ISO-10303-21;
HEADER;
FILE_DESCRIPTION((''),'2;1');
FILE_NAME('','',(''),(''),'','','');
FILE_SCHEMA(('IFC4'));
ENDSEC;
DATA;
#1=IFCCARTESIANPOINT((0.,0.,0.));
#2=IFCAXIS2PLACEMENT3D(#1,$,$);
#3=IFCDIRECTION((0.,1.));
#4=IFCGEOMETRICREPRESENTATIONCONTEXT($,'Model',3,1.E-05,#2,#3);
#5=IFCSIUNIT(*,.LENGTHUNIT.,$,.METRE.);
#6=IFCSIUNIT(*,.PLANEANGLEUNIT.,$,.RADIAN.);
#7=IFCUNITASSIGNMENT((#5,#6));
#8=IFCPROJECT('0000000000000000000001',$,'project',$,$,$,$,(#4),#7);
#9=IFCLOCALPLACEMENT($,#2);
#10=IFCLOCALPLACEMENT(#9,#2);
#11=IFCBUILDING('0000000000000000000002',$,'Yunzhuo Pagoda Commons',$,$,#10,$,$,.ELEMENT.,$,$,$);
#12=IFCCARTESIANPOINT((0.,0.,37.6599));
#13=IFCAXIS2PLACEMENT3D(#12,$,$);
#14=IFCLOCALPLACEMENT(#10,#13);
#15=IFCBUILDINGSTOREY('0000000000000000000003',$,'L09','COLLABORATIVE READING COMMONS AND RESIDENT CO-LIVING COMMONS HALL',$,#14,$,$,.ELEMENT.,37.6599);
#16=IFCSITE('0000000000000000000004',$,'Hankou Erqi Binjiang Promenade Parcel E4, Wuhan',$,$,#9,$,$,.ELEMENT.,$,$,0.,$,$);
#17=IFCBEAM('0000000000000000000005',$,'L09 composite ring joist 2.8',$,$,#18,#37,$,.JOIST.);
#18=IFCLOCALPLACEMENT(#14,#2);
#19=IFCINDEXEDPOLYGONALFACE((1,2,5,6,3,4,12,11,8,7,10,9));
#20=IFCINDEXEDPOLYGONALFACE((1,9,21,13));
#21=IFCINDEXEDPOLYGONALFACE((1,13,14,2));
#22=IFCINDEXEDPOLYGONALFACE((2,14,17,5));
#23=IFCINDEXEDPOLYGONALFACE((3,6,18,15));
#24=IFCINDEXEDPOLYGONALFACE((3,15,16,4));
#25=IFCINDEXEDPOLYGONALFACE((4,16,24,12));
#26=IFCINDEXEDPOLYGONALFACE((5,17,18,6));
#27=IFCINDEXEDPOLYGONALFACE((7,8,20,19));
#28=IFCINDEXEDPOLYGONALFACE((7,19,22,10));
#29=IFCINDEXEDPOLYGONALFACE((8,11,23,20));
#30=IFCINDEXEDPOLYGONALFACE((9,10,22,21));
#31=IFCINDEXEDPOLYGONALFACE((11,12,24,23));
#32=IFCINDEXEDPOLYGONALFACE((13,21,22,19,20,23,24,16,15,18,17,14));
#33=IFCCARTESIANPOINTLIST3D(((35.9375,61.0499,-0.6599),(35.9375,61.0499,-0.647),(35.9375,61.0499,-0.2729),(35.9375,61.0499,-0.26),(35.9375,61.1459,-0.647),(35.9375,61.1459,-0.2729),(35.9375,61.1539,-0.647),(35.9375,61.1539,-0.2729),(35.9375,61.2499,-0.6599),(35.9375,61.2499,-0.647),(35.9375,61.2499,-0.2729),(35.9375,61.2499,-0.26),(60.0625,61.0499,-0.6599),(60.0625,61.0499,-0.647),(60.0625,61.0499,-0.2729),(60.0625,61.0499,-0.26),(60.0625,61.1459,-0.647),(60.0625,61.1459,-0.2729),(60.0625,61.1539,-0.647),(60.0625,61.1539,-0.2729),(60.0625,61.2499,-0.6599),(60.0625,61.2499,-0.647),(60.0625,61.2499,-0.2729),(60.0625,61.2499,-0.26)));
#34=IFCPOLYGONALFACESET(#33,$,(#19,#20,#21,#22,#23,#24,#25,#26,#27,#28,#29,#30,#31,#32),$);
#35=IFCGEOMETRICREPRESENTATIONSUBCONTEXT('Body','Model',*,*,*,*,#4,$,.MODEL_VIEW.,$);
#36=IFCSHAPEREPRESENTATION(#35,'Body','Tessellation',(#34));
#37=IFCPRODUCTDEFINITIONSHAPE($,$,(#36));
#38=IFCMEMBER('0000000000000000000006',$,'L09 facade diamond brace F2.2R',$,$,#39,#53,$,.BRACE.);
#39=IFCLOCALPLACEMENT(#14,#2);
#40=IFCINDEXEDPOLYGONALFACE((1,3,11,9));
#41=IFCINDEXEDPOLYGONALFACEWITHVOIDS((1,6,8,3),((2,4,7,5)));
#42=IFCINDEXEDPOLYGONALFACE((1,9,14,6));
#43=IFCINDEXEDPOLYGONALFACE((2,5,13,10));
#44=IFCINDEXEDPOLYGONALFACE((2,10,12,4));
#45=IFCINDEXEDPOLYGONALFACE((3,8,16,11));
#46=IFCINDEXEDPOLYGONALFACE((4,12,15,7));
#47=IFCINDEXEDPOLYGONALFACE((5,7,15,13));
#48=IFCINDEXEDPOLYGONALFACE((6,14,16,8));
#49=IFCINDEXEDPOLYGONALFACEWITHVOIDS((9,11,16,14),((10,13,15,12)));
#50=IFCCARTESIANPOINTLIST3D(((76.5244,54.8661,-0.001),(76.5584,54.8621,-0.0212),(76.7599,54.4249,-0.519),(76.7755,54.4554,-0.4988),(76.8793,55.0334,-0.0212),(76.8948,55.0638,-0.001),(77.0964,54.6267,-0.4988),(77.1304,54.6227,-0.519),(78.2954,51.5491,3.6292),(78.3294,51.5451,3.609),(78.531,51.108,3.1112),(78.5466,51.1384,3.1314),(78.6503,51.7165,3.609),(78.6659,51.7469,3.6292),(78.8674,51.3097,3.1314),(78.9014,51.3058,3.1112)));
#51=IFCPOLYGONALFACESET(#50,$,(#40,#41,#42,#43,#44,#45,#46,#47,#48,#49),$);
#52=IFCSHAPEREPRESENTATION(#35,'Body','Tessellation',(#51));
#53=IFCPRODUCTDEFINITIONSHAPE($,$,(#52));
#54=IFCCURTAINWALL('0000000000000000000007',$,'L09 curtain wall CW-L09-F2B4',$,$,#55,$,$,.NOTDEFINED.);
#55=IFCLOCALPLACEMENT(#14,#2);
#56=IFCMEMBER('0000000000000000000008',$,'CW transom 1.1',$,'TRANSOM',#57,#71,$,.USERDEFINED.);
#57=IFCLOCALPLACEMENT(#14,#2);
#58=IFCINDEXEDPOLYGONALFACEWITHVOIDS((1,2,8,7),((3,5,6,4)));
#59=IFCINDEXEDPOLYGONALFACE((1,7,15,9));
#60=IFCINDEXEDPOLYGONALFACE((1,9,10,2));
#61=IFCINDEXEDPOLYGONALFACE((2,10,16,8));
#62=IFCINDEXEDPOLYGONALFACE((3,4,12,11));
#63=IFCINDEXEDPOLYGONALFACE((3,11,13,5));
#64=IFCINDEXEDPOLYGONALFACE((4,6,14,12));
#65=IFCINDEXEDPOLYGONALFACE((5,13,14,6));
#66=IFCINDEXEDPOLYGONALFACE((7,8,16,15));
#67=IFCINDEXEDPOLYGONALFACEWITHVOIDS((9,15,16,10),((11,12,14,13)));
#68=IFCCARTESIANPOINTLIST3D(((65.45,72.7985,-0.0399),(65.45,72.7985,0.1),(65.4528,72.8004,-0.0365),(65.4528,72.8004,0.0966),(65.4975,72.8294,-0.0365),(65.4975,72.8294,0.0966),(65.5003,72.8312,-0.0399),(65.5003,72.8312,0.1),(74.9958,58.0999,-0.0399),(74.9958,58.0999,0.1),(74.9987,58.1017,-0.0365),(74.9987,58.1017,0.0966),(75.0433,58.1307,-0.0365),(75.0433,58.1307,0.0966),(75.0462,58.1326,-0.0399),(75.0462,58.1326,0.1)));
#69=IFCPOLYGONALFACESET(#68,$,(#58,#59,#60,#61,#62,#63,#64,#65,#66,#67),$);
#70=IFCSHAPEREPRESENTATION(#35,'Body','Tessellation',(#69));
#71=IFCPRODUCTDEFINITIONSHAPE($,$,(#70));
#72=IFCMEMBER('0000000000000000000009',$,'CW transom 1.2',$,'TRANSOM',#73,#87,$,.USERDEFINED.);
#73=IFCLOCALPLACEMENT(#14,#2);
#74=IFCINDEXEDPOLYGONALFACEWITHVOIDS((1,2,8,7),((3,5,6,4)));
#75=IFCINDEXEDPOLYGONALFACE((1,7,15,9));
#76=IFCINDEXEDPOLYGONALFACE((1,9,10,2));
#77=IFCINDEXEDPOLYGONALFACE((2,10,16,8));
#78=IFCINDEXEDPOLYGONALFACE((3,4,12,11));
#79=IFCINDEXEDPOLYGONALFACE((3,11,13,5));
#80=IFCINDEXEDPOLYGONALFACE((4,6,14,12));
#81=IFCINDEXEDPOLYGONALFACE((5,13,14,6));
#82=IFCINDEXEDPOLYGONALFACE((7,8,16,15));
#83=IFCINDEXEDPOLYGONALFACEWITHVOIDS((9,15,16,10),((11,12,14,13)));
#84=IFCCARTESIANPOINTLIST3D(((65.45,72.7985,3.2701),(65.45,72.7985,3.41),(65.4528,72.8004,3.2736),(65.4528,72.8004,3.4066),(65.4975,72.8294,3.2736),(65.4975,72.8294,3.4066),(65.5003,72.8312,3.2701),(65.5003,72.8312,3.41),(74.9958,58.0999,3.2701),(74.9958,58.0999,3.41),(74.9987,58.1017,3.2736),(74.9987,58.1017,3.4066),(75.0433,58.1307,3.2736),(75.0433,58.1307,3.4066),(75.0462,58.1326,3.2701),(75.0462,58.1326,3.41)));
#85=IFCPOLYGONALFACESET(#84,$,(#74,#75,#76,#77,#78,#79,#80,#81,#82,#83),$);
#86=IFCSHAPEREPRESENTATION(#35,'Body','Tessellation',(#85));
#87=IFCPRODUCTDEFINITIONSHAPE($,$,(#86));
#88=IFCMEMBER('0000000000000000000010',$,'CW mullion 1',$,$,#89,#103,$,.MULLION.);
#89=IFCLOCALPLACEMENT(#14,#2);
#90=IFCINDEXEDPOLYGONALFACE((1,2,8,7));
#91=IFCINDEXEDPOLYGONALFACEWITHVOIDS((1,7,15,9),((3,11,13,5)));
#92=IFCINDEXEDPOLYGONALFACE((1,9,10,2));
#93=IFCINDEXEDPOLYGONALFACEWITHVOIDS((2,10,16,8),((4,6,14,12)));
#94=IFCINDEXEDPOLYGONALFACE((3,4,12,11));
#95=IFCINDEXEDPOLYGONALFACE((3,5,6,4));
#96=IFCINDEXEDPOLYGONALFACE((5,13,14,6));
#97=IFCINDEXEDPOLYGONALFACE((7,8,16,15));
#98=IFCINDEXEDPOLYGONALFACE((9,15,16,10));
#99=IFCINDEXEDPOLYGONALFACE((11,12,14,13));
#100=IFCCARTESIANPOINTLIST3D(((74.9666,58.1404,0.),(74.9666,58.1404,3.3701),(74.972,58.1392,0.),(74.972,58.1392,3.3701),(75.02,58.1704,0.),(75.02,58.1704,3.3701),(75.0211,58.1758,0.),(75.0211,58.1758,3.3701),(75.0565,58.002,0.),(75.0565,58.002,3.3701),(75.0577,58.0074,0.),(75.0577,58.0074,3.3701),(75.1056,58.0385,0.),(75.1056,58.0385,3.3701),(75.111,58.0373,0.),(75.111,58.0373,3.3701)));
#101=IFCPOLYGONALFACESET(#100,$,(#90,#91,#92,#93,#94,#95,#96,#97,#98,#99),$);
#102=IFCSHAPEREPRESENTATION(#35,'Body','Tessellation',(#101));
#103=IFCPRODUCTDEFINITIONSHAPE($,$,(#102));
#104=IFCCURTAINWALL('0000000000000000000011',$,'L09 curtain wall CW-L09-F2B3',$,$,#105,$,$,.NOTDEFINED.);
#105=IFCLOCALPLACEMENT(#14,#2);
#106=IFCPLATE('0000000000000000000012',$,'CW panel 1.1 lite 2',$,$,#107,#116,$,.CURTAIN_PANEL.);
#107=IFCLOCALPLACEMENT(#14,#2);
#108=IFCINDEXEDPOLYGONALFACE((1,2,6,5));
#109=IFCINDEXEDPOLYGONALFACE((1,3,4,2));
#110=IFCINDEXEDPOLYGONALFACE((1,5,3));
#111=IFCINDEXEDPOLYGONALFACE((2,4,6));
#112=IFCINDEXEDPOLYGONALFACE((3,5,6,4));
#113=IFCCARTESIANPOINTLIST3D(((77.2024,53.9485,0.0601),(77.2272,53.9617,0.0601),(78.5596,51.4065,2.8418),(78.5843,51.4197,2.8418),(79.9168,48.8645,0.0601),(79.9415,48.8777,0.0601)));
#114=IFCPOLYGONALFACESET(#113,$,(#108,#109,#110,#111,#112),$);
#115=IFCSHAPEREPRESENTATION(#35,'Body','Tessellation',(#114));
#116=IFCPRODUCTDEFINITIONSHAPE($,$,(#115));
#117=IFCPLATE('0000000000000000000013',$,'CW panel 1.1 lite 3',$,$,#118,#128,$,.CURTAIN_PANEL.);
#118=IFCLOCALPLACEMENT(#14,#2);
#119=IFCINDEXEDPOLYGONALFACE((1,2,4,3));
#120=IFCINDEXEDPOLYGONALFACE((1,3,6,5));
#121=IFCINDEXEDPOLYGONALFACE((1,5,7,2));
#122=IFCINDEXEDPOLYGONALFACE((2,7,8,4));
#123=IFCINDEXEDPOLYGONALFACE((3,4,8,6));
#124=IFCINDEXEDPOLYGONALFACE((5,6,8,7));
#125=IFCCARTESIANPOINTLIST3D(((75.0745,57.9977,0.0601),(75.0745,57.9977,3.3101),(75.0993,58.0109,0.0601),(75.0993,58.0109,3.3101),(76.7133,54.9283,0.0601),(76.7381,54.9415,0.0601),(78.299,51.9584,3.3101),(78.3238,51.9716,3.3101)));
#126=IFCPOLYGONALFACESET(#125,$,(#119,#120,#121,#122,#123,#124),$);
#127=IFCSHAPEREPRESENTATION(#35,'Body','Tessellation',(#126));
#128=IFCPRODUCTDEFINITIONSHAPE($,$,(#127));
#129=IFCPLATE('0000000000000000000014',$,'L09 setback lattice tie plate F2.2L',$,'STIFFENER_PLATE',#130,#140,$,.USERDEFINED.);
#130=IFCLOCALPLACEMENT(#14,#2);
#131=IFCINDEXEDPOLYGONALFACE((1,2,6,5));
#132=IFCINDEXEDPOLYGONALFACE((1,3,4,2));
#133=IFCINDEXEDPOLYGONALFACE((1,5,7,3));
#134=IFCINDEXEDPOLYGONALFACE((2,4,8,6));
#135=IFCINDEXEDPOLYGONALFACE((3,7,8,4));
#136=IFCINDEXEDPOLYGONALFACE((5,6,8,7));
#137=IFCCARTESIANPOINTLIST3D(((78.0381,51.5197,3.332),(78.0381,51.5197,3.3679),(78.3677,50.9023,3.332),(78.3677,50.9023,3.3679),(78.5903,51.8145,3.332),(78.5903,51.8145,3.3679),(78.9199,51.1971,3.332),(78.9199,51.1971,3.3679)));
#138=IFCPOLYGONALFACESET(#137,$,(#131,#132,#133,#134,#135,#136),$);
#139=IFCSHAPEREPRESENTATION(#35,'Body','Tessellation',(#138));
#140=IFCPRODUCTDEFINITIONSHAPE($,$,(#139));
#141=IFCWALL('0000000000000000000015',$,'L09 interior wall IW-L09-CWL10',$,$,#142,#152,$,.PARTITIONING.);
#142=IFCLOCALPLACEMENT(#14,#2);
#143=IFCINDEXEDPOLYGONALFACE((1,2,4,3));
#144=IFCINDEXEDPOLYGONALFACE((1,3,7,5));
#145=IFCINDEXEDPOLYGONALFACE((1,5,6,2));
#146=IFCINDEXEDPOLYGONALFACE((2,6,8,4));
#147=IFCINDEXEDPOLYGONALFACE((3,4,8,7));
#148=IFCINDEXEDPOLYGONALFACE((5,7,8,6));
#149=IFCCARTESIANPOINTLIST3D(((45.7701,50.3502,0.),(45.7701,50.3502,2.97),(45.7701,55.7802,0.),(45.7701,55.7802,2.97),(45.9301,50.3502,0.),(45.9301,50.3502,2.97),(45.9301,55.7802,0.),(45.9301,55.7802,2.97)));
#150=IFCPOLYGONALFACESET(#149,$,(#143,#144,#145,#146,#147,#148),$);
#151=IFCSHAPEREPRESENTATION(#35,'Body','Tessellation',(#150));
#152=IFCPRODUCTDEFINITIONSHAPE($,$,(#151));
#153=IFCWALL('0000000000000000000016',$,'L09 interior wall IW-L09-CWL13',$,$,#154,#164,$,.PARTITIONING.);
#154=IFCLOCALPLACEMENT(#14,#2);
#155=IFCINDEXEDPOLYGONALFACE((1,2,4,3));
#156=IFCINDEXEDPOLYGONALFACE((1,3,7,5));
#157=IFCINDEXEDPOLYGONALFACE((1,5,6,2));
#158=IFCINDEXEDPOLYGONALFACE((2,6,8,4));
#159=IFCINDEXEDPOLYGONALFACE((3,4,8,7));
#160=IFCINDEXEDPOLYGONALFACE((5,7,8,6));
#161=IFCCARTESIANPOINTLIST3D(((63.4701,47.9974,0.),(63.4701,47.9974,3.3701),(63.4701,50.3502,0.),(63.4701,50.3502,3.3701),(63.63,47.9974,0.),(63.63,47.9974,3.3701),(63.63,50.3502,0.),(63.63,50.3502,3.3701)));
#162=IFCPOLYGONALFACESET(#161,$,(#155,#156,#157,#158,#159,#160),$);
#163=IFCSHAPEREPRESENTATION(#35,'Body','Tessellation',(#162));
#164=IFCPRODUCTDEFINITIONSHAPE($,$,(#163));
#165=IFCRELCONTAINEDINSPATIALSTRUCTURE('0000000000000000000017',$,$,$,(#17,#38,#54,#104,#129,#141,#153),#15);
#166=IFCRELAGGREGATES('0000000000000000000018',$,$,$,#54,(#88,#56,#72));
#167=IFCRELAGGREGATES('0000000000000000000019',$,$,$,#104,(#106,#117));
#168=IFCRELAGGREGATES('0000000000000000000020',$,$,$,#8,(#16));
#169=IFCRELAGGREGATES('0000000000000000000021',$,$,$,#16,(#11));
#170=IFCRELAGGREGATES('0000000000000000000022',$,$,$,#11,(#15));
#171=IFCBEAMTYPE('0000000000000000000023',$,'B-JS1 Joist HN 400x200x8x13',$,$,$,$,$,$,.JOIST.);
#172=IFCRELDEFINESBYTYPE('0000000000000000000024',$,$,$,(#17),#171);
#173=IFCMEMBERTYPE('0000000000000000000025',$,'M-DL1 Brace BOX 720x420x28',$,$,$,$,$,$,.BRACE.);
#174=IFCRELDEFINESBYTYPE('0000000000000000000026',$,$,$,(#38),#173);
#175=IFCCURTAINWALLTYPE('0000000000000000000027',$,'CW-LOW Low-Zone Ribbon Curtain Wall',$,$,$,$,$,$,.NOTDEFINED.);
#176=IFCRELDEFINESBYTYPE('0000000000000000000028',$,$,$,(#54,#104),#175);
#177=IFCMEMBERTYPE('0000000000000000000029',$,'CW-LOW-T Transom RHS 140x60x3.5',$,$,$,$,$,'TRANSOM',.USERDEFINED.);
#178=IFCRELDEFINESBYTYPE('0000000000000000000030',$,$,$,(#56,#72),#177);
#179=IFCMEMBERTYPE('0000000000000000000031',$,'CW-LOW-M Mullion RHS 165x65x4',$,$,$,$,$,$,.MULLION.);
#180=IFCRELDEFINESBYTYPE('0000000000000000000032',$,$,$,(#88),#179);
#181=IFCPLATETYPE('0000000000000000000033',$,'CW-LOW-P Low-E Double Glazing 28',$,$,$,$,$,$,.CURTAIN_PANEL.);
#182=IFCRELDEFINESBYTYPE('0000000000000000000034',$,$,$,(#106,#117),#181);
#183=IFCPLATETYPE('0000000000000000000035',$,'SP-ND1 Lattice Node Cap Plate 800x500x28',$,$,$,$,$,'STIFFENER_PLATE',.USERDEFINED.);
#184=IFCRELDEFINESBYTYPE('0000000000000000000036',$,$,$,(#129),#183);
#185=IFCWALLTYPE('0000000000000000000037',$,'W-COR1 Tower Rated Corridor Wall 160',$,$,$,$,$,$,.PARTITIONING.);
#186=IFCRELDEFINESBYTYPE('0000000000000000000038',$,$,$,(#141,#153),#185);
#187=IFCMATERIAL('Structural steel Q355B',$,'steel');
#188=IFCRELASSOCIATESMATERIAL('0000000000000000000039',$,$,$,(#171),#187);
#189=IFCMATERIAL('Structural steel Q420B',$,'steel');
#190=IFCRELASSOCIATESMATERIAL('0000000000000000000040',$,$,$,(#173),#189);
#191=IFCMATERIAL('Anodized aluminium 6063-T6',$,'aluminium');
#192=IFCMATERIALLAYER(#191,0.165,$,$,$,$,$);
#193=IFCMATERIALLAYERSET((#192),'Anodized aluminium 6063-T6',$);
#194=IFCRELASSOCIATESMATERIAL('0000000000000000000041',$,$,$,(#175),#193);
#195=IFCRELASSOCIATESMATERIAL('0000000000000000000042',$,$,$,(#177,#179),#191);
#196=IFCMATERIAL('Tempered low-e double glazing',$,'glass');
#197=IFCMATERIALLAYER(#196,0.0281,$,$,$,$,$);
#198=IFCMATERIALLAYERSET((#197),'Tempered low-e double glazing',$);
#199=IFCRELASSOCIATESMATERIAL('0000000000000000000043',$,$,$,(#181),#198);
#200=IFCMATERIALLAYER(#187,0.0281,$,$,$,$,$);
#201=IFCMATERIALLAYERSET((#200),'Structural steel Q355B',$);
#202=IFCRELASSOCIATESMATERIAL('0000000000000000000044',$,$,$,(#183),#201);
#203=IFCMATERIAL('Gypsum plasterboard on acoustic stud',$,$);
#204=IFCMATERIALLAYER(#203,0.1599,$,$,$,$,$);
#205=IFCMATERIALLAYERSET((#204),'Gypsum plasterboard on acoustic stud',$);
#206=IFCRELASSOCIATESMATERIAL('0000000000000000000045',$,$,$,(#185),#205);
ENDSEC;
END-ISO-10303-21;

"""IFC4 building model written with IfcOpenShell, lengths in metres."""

from ifc_helpers import new_model, si_unit, direction, frame, frame_2d, origin, origin_2d, place, context, subcontext, project, spatial, polyline, rectangle, hollow_rectangle, i_section, outline, extrude, source, transform, mapped, material, layer, layer_set, material_profile, profile_set, type_object, element, aggregate, save


model = new_model("IFC4")

# Units and contexts
model_context = context("Model", 3, precision=1e-05, world=origin(), true_north=direction((0.0, 1.0)))
body_context = subcontext(model_context, "Body", "Model", "MODEL_VIEW")
ifc_project = project(units=[si_unit("LENGTHUNIT", "METRE"), si_unit("PLANEANGLEUNIT", "RADIAN")], contexts=[model_context])

# Site, building, storey
site_placement = place(None, origin())
site = spatial("IfcSite", under=ifc_project, at=site_placement, Name="Hankou Erqi Binjiang Promenade Parcel E4, Wuhan", CompositionType="ELEMENT", RefElevation=0.0)
building_placement = place(site_placement, origin())
building = spatial("IfcBuilding", under=site, at=building_placement, Name="Yunzhuo Pagoda Commons", CompositionType="ELEMENT")
storey_placement = place(building_placement, frame((0.0, 0.0, 37.6599)))
storey = spatial("IfcBuildingStorey", under=building, at=storey_placement, Name="L09", Description="COLLABORATIVE READING COMMONS AND RESIDENT CO-LIVING COMMONS HALL", CompositionType="ELEMENT", Elevation=37.6599)

# Shared definitions
ifc_material_1 = material(Name="Structural steel Q420B", Category="steel")

# Beam
ifc_material_2 = material(Name="Structural steel Q355B", Category="steel")
ifc_material_profile_1 = material_profile(ifc_material_2, i_section(OverallWidth=0.2, OverallDepth=0.3999, WebThickness=0.0081, FlangeThickness=0.0129, at=origin_2d()), Name="Structural steel Q355B")
ifc_profile_set_1 = profile_set([ifc_material_profile_1], Name="Structural steel Q355B")
beam_type_1 = type_object("IfcBeamType", Name="B-JS1 Joist HN 400x200x8x13", PredefinedType="JOIST", material=ifc_profile_set_1)
shared_shape_1 = source(origin(), body_context, "Body", "SweptSolid", [
    extrude(i_section(OverallWidth=0.2, OverallDepth=0.3999, WebThickness=0.0081, FlangeThickness=0.0129, at=origin_2d()), origin(), (0.0, 0.0, 1.0), 24.125),
])
beam_1_placement = place(storey_placement, frame((60.0625, 61.1499, -0.46), z_axis=(-1.0, 0.0, 0.0), x_axis=(0.0, -1.0, 0.0)))
element("IfcBeam", 1, at=beam_1_placement, inside=storey, type_object=beam_type_1, Name="L09 composite ring joist 2.8", PredefinedType="JOIST", context=body_context, shape_type="MappedRepresentation", body=[
    mapped(shared_shape_1, transform((0.0, 0.0, 0.0), scale=1.0)),
])

# Member
ifc_material_profile_2 = material_profile(ifc_material_1, hollow_rectangle(XDim=0.4199, YDim=0.72, WallThickness=0.0281, at=origin_2d()), Name="Structural steel Q420B")
ifc_profile_set_2 = profile_set([ifc_material_profile_2], Name="Structural steel Q420B")
member_type_1 = type_object("IfcMemberType", Name="M-DL1 Brace BOX 720x420x28", PredefinedType="BRACE", material=ifc_profile_set_2)
shared_shape_2 = source(origin(), body_context, "Body", "SweptSolid", [
    extrude(hollow_rectangle(XDim=0.4199, YDim=0.72, WallThickness=0.0281, at=origin_2d()), origin(), (0.0, 0.0, 1.0), 5.2266),
])
member_1_placement = place(storey_placement, frame((76.8274, 54.7444, -0.26), z_axis=(0.338851, -0.634633, 0.694565), x_axis=(0.882134, 0.470999, 0.0)))
element("IfcMember", 2, at=member_1_placement, inside=storey, type_object=member_type_1, Name="L09 facade diamond brace F2.2R", PredefinedType="BRACE", context=body_context, shape_type="MappedRepresentation", body=[
    mapped(shared_shape_2, transform((0.0, 0.0, 0.0), scale=1.0)),
])

# Curtain wall, members
ifc_material_3 = material(Name="Anodized aluminium 6063-T6", Category="aluminium")
ifc_layer_1 = layer(ifc_material_3, 0.165)
ifc_layer_set_1 = layer_set([ifc_layer_1], Name="Anodized aluminium 6063-T6")
curtain_wall_type = type_object("IfcCurtainWallType", Name="CW-LOW Low-Zone Ribbon Curtain Wall", PredefinedType="NOTDEFINED", material=ifc_layer_set_1)
curtain_wall_1_placement = place(storey_placement, origin())
curtain_wall_1 = element("IfcCurtainWall", 3, at=curtain_wall_1_placement, inside=storey, type_object=curtain_wall_type, Name="L09 curtain wall CW-L09-F2B4", PredefinedType="NOTDEFINED")
ifc_material_profile_3 = material_profile(ifc_material_3, hollow_rectangle(XDim=0.0601, YDim=0.1399, WallThickness=0.0034, at=origin_2d()), Name="Anodized aluminium 6063-T6")
ifc_profile_set_3 = profile_set([ifc_material_profile_3], Name="Anodized aluminium 6063-T6")
member_type_2 = type_object("IfcMemberType", Name="CW-LOW-T Transom RHS 140x60x3.5", ElementType="TRANSOM", PredefinedType="USERDEFINED", material=ifc_profile_set_3)
shared_shape_3 = source(origin(), body_context, "Body", "SweptSolid", [
    extrude(hollow_rectangle(XDim=0.0601, YDim=0.1399, WallThickness=0.0034, at=origin_2d()), origin(), (0.0, 0.0, 1.0), 17.5264),
])
member_2_placement = place(storey_placement, frame((75.021, 58.1162, 0.03), z_axis=(-0.544656, 0.838659, 0.0), x_axis=(-0.838659, -0.544656, 0.0)))
member_2 = element("IfcMember", 4, at=member_2_placement, type_object=member_type_2, Name="CW transom 1.1", ObjectType="TRANSOM", PredefinedType="USERDEFINED", context=body_context, shape_type="MappedRepresentation", body=[
    mapped(shared_shape_3, transform((0.0, 0.0, 0.0), scale=1.0)),
])
member_3_placement = place(storey_placement, frame((75.021, 58.1162, 3.3401), z_axis=(-0.544656, 0.838659, 0.0), x_axis=(-0.838659, -0.544656, 0.0)))
member_3 = element("IfcMember", 5, at=member_3_placement, type_object=member_type_2, Name="CW transom 1.2", ObjectType="TRANSOM", PredefinedType="USERDEFINED", context=body_context, shape_type="MappedRepresentation", body=[
    mapped(shared_shape_3, transform((0.0, 0.0, 0.0), scale=1.0)),
])
ifc_material_profile_4 = material_profile(ifc_material_3, hollow_rectangle(XDim=0.0649, YDim=0.165, WallThickness=0.0039, at=origin_2d()), Name="Anodized aluminium 6063-T6")
ifc_profile_set_4 = profile_set([ifc_material_profile_4], Name="Anodized aluminium 6063-T6")
member_type_3 = type_object("IfcMemberType", Name="CW-LOW-M Mullion RHS 165x65x4", PredefinedType="MULLION", material=ifc_profile_set_4)
shared_shape_4 = source(origin(), body_context, "Body", "SweptSolid", [
    extrude(hollow_rectangle(XDim=0.0649, YDim=0.165, WallThickness=0.0039, at=origin_2d()), origin(), (0.0, 0.0, 1.0), 3.3701),
])
member_4_placement = place(storey_placement, frame((75.0388, 58.0889, 0.0), z_axis=(0.0, 0.0, 1.0), x_axis=(-0.838652, -0.544667, 0.0)))
member_4 = element("IfcMember", 6, at=member_4_placement, type_object=member_type_3, Name="CW mullion 1", PredefinedType="MULLION", context=body_context, shape_type="MappedRepresentation", body=[
    mapped(shared_shape_4, transform((0.0, 0.0, 0.0), scale=1.0)),
])
aggregate(curtain_wall_1, [member_4, member_2, member_3])

# Curtain wall, plates
curtain_wall_2_placement = place(storey_placement, origin())
curtain_wall_2 = element("IfcCurtainWall", 7, at=curtain_wall_2_placement, inside=storey, type_object=curtain_wall_type, Name="L09 curtain wall CW-L09-F2B3", PredefinedType="NOTDEFINED")
ifc_material_4 = material(Name="Tempered low-e double glazing", Category="glass")
ifc_layer_2 = layer(ifc_material_4, 0.0281)
ifc_layer_set_2 = layer_set([ifc_layer_2], Name="Tempered low-e double glazing")
plate_type_1 = type_object("IfcPlateType", Name="CW-LOW-P Low-E Double Glazing 28", PredefinedType="CURTAIN_PANEL", material=ifc_layer_set_2)
plate_1_placement = place(storey_placement, frame((78.5596, 51.4065, 1.4509), z_axis=(0.882141, 0.470985, 0.0), x_axis=(-0.470985, 0.882141, 0.0)))
plate_1 = element("IfcPlate", 8, at=plate_1_placement, type_object=plate_type_1, Name="CW panel 1.1 lite 2", PredefinedType="CURTAIN_PANEL", context=body_context, shape_type="SweptSolid", body=[
    extrude(outline(polyline([(-2.8816, -1.3909), (2.8816, -1.3909), (0.0, 1.3909), (-2.8816, -1.3909)])), origin(), (0.0, 0.0, 1.0), 0.0281),
])
plate_2_placement = place(storey_placement, frame((76.6868, 54.978, 1.6851), z_axis=(0.882141, 0.470985, 0.0), x_axis=(-0.470985, 0.882141, 0.0)))
plate_2 = element("IfcPlate", 9, at=plate_2_placement, type_object=plate_type_1, Name="CW panel 1.1 lite 3", PredefinedType="CURTAIN_PANEL", context=body_context, shape_type="SweptSolid", body=[
    extrude(outline(polyline([(-3.4231, 1.625), (-0.0564, -1.625), (3.4231, -1.625), (3.4231, 1.625), (-3.4231, 1.625)])), origin(), (0.0, 0.0, 1.0), 0.0281),
])
aggregate(curtain_wall_2, [plate_1, plate_2])

# Plate
ifc_layer_3 = layer(ifc_material_2, 0.0281)
ifc_layer_set_3 = layer_set([ifc_layer_3], Name="Structural steel Q355B")
plate_type_2 = type_object("IfcPlateType", Name="SP-ND1 Lattice Node Cap Plate 800x500x28", ElementType="STIFFENER_PLATE", PredefinedType="USERDEFINED", material=ifc_layer_set_3)
shared_shape_5 = source(origin(), body_context, "Body", "SweptSolid", [
    extrude(rectangle(XDim=0.7, YDim=0.626, at=origin_2d()), origin(), (0.0, 0.0, 1.0), 0.0359),
])
plate_3_placement = place(storey_placement, frame((78.479, 51.3584, 3.332), z_axis=(0.0, 0.0, 1.0), x_axis=(-0.470981, 0.882143, 0.0)))
element("IfcPlate", 10, at=plate_3_placement, inside=storey, type_object=plate_type_2, Name="L09 setback lattice tie plate F2.2L", ObjectType="STIFFENER_PLATE", PredefinedType="USERDEFINED", context=body_context, shape_type="MappedRepresentation", body=[
    mapped(shared_shape_5, transform((0.0, 0.0, 0.0), scale=1.0)),
])

# Walls
ifc_material_5 = material(Name="Gypsum plasterboard on acoustic stud")
ifc_layer_4 = layer(ifc_material_5, 0.1599)
ifc_layer_set_4 = layer_set([ifc_layer_4], Name="Gypsum plasterboard on acoustic stud")
wall_type_1 = type_object("IfcWallType", Name="W-COR1 Tower Rated Corridor Wall 160", PredefinedType="PARTITIONING", material=ifc_layer_set_4)
wall_1_placement = place(storey_placement, frame((45.8501, 55.78, 0.0), z_axis=(0.0, 0.0, 1.0), x_axis=(0.0, -1.0, 0.0)))
element("IfcWall", 11, at=wall_1_placement, inside=storey, type_object=wall_type_1, Name="L09 interior wall IW-L09-CWL10", PredefinedType="PARTITIONING", context=body_context, shape_type="SweptSolid", body=[
    extrude(rectangle(XDim=5.4299, YDim=0.1599, at=frame_2d((2.7148, 0.0))), origin(), (0.0, 0.0, 1.0), 2.97),
])
wall_2_placement = place(storey_placement, frame((63.55, 50.3501, 0.0), z_axis=(0.0, 0.0, 1.0), x_axis=(0.0, -1.0, 0.0)))
element("IfcWall", 12, at=wall_2_placement, inside=storey, type_object=wall_type_1, Name="L09 interior wall IW-L09-CWL13", PredefinedType="PARTITIONING", context=body_context, shape_type="SweptSolid", body=[
    extrude(rectangle(XDim=2.3528, YDim=0.1599, at=frame_2d((1.1763, 0.0))), origin(), (0.0, 0.0, 1.0), 3.3701),
])

save(model, "model.ifc")
